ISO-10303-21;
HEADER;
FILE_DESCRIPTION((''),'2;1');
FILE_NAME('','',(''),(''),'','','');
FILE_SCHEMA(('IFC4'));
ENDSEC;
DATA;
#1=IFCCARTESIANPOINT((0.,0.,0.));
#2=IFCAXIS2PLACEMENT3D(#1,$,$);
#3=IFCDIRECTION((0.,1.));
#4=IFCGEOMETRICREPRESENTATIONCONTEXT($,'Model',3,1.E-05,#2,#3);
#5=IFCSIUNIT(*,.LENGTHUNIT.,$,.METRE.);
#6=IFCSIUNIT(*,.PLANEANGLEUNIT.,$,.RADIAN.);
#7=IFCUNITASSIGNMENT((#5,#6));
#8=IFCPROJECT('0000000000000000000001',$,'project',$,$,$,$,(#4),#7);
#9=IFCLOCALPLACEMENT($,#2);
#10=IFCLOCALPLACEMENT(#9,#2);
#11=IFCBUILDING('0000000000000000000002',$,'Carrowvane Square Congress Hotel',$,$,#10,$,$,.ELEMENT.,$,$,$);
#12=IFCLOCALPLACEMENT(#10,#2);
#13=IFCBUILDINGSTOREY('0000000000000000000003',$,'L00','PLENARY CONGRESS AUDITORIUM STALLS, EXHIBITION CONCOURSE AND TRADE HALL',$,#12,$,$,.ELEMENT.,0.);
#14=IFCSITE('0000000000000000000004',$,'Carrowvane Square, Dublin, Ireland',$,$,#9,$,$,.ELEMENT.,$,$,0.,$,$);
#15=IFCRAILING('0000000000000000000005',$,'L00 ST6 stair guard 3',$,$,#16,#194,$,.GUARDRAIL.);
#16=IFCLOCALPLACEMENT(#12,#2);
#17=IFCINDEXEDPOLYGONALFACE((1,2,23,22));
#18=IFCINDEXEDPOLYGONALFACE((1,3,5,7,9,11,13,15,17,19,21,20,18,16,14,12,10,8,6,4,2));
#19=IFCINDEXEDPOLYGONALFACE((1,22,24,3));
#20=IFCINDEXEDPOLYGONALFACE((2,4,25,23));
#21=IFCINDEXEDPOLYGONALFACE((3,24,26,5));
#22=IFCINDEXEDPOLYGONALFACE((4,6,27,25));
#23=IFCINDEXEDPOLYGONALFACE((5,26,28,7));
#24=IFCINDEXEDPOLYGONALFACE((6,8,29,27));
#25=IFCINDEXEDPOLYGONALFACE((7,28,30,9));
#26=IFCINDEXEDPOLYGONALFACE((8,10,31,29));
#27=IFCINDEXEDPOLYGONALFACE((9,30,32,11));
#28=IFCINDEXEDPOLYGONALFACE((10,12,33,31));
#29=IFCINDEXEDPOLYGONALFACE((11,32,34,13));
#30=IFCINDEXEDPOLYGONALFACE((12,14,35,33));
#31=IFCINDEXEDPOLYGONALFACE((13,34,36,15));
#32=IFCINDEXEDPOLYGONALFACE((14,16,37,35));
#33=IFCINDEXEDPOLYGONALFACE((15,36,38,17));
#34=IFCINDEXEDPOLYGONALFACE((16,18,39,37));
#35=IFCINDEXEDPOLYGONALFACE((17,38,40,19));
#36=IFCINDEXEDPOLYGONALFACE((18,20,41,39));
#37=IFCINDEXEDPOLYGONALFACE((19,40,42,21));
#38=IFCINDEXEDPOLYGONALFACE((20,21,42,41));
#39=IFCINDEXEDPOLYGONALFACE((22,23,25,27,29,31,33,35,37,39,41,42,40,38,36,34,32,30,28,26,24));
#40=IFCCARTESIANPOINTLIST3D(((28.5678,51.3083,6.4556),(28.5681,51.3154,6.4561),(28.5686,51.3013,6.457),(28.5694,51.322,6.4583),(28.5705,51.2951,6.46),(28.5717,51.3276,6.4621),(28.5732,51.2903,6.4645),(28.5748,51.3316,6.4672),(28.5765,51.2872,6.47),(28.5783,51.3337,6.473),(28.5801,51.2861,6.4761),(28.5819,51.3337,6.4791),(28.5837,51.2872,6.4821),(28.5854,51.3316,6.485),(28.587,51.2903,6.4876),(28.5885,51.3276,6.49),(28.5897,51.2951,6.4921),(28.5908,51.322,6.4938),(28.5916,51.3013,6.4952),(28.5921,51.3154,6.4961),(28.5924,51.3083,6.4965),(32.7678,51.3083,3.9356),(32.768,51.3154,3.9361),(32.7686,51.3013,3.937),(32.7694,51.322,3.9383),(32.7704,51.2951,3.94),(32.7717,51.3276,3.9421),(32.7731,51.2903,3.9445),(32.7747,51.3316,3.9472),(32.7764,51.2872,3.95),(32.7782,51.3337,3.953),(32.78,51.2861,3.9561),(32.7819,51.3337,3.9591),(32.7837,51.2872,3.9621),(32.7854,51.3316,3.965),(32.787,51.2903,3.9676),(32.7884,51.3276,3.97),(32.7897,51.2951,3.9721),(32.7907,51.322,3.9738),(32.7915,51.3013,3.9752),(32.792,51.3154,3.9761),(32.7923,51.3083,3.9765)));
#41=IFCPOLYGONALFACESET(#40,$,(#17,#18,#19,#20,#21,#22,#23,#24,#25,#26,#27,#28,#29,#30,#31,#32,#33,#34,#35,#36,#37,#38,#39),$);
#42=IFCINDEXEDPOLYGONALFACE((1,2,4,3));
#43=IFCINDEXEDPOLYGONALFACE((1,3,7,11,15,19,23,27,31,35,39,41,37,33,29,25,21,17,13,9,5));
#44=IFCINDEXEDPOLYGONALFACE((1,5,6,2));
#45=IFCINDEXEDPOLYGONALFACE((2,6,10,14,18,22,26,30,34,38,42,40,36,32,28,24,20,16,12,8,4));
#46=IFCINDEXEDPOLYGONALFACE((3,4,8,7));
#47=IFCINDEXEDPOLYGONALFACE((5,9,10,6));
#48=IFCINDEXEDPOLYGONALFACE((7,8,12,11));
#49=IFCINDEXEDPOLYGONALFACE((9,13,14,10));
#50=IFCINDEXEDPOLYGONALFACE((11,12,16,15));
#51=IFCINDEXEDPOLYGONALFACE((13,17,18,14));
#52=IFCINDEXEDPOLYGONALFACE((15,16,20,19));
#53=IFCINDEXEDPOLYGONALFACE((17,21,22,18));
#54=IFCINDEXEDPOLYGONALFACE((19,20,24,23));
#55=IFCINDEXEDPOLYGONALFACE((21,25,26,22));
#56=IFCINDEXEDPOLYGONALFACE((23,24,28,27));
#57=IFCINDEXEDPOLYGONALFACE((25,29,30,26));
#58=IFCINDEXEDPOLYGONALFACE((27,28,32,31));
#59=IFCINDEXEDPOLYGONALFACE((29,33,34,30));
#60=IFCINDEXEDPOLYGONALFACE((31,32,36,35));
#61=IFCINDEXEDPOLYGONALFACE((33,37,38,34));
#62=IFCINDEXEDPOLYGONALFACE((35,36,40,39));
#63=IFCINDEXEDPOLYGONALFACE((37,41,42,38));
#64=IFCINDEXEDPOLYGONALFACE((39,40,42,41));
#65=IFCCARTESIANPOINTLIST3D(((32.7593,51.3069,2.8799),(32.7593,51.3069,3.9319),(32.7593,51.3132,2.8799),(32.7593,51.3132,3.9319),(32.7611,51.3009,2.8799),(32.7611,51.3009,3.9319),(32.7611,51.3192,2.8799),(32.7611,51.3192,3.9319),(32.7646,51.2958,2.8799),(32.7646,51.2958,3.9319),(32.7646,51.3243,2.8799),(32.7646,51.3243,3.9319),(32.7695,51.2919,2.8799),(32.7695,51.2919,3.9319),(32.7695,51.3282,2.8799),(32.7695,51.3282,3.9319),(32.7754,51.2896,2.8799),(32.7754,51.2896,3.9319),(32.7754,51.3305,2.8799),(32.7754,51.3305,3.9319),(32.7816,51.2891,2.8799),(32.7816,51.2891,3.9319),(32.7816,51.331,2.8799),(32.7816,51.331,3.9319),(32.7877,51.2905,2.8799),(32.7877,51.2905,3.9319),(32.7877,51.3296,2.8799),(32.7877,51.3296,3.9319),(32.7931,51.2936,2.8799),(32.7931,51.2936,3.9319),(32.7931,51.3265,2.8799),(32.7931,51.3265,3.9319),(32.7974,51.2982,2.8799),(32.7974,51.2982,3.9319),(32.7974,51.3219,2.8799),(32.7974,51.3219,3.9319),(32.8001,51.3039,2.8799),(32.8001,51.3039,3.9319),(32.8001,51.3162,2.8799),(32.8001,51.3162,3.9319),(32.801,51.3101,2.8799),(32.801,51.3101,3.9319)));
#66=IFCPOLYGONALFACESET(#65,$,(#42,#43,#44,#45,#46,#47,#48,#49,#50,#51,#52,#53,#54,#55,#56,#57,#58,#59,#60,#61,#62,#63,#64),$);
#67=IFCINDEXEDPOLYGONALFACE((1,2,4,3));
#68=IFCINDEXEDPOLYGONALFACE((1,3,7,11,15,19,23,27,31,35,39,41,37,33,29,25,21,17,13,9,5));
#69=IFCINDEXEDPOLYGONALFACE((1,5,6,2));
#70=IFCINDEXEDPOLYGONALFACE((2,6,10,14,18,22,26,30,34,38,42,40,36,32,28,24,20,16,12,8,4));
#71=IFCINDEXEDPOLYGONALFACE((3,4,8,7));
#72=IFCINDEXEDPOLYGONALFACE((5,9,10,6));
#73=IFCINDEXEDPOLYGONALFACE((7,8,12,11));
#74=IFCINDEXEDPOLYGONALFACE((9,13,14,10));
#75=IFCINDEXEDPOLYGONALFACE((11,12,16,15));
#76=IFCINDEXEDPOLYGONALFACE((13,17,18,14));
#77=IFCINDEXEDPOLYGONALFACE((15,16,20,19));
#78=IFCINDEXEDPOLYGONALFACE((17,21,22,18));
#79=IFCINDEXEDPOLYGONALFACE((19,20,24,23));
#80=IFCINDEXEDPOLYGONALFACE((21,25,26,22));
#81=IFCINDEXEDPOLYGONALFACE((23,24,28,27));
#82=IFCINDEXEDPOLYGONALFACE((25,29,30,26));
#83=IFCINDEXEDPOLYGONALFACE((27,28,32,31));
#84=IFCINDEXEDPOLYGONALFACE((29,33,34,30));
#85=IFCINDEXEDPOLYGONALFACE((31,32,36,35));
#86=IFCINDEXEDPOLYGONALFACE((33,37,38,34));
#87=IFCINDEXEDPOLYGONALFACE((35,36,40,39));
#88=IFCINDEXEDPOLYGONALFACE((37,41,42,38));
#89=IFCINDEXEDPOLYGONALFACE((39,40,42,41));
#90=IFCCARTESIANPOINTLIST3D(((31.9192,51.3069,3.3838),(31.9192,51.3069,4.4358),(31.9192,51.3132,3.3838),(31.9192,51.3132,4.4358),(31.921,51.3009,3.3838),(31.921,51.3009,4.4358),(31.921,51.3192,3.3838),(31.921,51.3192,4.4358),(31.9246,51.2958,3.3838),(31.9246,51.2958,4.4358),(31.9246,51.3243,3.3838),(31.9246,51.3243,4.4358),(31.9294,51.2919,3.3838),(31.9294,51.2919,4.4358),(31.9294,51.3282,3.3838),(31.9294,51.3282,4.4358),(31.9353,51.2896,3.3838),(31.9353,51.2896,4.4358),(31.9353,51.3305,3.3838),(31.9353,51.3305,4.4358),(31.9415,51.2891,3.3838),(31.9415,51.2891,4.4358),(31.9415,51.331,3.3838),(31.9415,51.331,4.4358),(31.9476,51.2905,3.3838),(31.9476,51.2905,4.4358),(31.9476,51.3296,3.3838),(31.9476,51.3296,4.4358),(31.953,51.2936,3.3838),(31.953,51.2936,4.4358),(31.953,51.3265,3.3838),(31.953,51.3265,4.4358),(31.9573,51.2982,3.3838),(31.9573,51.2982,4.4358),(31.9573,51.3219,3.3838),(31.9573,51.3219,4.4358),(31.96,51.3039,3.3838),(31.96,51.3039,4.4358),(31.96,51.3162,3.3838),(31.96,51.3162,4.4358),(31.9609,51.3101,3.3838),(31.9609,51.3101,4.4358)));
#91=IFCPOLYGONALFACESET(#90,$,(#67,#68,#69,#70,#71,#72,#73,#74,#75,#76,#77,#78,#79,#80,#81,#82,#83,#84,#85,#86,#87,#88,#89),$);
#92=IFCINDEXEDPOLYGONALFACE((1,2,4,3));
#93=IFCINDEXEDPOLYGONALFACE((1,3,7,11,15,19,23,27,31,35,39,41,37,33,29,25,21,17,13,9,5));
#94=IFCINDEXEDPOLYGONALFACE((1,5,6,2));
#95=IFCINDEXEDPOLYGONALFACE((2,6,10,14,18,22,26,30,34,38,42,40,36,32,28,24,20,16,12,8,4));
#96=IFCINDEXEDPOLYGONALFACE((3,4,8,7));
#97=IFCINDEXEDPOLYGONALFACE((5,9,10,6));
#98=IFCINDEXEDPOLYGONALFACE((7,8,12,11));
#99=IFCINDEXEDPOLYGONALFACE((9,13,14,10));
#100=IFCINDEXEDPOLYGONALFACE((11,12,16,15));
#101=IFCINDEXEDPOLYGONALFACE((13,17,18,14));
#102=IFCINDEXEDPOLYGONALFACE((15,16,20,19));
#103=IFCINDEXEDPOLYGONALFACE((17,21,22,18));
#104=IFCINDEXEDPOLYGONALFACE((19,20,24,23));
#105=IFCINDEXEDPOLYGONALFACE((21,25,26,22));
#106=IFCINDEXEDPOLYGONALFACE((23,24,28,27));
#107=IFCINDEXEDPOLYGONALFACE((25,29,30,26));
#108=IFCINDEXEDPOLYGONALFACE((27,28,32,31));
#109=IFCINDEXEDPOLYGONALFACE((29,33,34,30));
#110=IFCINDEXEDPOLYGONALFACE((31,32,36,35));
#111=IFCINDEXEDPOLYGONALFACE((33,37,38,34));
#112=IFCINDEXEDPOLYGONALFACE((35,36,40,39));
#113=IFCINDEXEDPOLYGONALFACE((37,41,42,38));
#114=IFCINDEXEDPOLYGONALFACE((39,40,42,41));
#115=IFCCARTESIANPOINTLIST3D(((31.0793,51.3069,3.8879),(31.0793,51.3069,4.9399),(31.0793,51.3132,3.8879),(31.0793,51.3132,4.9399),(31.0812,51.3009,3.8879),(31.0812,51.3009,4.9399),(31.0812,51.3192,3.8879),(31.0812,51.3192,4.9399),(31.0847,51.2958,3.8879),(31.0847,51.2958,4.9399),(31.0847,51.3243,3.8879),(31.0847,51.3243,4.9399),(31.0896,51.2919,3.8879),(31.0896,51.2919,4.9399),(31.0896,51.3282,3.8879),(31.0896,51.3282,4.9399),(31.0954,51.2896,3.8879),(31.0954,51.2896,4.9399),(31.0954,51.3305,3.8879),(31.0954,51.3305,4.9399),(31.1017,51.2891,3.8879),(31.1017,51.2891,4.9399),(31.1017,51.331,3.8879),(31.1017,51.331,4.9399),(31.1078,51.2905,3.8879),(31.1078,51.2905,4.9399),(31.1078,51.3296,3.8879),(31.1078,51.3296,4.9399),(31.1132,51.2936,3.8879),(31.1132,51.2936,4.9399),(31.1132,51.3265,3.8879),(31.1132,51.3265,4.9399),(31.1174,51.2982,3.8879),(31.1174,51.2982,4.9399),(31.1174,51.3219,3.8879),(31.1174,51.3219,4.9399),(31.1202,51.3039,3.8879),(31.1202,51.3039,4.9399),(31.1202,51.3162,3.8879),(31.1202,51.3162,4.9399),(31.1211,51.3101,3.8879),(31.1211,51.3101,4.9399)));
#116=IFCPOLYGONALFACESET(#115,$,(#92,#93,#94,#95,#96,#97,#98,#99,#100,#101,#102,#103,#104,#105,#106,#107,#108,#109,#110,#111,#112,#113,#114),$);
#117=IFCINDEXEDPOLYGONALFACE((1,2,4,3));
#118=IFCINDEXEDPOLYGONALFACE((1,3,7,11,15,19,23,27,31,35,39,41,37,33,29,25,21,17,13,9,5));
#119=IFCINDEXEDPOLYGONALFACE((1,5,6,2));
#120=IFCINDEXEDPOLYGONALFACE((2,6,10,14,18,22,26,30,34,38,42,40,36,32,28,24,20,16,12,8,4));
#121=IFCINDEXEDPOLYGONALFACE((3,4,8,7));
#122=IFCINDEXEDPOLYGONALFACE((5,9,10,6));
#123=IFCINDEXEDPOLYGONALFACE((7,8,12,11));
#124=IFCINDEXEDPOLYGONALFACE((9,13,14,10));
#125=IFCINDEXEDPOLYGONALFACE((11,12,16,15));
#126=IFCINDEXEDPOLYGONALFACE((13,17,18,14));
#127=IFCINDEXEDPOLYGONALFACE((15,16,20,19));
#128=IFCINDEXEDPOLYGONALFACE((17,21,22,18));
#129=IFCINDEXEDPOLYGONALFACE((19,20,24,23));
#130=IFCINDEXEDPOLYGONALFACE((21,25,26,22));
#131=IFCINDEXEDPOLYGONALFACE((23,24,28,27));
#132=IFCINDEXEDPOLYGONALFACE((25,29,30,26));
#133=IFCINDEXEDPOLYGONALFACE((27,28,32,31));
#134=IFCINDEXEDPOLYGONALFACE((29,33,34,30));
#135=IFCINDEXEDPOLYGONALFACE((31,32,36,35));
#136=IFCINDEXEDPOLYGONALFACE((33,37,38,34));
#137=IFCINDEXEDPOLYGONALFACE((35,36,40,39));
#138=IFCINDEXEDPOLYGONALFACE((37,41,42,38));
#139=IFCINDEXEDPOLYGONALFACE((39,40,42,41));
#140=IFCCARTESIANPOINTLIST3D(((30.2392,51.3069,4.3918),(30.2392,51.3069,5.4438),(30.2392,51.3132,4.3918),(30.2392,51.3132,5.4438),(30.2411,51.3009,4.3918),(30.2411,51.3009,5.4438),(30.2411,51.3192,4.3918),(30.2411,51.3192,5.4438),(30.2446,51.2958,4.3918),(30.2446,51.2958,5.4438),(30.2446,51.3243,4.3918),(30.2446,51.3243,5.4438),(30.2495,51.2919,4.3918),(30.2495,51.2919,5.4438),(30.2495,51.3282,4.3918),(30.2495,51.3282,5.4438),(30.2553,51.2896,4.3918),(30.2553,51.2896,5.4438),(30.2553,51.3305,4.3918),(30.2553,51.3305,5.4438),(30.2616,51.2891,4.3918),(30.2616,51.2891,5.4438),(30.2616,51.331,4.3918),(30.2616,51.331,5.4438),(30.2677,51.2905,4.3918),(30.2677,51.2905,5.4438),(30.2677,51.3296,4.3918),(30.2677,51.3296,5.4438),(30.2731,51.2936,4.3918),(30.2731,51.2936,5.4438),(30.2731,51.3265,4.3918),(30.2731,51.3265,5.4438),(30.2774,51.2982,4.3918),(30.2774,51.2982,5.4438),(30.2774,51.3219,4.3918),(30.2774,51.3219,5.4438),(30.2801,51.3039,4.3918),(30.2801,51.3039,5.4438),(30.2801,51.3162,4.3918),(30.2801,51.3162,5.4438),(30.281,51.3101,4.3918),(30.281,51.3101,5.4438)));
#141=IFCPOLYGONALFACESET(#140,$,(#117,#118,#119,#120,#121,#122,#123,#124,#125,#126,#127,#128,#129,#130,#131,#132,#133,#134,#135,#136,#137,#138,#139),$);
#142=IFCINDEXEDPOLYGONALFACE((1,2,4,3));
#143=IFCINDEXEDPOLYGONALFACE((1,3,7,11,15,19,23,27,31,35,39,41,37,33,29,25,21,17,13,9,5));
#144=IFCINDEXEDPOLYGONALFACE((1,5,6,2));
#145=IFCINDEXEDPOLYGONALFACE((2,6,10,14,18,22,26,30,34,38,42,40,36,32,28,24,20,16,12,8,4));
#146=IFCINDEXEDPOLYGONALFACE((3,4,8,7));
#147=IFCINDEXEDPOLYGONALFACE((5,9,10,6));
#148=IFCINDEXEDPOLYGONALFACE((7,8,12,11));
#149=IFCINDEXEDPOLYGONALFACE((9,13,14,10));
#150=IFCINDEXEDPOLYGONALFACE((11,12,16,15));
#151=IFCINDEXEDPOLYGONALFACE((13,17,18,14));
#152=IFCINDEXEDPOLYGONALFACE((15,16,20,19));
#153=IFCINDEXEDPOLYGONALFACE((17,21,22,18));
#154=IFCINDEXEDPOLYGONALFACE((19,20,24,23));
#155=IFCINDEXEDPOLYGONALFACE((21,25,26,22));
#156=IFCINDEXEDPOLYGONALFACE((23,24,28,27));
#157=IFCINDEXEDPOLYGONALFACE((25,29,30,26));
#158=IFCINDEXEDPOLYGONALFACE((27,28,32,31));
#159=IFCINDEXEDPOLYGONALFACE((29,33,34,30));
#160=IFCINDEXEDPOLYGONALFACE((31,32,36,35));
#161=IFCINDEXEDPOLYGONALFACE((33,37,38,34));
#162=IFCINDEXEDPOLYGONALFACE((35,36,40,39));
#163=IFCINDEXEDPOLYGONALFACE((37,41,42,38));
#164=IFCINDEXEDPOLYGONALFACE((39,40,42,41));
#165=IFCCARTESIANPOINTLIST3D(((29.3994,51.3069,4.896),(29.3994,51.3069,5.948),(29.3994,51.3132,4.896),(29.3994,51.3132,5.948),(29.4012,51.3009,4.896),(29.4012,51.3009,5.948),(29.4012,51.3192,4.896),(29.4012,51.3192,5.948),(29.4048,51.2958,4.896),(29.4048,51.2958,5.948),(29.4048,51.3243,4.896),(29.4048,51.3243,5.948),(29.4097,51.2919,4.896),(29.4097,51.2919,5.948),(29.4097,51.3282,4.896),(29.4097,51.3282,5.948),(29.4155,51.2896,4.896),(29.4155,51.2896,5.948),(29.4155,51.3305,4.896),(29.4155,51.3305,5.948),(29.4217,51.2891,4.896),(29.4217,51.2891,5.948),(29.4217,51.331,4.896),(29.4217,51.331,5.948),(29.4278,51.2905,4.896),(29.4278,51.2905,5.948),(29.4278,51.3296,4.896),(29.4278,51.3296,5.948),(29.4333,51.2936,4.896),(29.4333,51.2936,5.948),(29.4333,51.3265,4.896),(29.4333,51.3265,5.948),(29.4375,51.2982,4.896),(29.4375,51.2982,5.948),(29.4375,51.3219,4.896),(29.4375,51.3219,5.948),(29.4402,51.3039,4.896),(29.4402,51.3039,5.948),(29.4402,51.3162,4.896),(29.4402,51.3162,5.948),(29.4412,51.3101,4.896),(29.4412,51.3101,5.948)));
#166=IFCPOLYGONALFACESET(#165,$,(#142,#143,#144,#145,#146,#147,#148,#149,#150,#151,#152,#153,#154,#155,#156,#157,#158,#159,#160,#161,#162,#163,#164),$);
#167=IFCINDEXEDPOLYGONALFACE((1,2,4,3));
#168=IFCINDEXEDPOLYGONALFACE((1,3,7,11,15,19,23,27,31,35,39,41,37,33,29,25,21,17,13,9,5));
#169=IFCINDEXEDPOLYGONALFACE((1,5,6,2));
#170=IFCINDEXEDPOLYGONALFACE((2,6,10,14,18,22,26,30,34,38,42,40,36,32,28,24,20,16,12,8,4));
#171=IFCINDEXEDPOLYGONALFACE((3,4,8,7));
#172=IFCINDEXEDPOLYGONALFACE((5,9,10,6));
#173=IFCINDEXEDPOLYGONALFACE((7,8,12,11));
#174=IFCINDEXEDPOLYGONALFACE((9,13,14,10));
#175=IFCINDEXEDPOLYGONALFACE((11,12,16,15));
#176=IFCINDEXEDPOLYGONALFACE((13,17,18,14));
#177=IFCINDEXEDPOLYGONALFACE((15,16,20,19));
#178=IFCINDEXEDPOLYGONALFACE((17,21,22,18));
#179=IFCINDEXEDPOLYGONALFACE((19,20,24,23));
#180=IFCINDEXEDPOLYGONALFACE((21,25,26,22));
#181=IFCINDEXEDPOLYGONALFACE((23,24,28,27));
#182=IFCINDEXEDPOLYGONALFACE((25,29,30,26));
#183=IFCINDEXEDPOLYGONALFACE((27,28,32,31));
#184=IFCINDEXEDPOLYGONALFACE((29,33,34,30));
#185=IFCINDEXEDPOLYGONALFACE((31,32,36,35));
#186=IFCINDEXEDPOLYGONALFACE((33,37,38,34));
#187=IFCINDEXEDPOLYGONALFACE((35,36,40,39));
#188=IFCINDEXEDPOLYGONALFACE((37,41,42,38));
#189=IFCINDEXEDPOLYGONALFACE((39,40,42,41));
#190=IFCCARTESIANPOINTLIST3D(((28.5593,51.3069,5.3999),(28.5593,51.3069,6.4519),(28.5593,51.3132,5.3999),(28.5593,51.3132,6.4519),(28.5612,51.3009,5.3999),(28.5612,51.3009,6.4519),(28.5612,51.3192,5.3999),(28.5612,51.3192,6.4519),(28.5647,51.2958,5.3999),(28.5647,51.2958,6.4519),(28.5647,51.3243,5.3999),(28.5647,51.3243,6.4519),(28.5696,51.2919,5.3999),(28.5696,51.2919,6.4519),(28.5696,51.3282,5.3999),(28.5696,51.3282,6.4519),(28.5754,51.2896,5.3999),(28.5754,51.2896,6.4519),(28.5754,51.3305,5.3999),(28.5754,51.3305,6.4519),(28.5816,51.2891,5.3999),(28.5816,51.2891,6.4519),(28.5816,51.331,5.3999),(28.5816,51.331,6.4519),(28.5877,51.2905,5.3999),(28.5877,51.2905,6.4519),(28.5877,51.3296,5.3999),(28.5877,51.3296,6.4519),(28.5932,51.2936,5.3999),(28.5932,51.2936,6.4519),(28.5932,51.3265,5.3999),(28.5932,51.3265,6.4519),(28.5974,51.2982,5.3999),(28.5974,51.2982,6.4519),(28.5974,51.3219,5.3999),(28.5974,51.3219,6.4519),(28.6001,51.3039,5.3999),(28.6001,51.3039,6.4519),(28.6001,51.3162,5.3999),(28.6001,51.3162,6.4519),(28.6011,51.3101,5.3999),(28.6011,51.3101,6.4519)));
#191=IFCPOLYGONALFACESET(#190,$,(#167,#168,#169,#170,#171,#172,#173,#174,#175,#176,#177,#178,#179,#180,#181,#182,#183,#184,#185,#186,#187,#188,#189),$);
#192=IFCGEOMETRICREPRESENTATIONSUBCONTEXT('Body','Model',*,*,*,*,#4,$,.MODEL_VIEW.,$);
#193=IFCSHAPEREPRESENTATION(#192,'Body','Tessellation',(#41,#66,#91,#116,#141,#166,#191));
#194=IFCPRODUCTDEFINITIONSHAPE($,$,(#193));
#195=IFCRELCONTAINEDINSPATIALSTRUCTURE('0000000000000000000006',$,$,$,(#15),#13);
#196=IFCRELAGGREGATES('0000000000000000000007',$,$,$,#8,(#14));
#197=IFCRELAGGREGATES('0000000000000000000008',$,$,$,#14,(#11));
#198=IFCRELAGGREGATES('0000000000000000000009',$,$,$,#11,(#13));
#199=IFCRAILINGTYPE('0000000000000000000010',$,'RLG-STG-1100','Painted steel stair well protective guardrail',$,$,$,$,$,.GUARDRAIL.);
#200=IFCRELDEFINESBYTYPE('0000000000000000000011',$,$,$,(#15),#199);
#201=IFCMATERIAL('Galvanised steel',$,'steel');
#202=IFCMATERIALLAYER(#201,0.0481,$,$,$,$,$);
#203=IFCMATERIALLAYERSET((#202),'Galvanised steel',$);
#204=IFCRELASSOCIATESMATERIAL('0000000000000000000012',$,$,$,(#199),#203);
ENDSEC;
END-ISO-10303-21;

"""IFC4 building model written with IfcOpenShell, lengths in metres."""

from ifc_helpers import new_model, si_unit, direction, frame, origin, origin_2d, place, context, subcontext, project, spatial, circle, extrude, material, layer, layer_set, type_object, element, save


model = new_model("IFC4")

# Units and contexts
model_context = context("Model", 3, precision=1e-05, world=origin(), true_north=direction((0.0, 1.0)))
body_context = subcontext(model_context, "Body", "Model", "MODEL_VIEW")
ifc_project = project(units=[si_unit("LENGTHUNIT", "METRE"), si_unit("PLANEANGLEUNIT", "RADIAN")], contexts=[model_context])

# Site, building, storey
site_placement = place(None, origin())
site = spatial("IfcSite", under=ifc_project, at=site_placement, Name="Carrowvane Square, Dublin, Ireland", CompositionType="ELEMENT", RefElevation=0.0)
building_placement = place(site_placement, origin())
building = spatial("IfcBuilding", under=site, at=building_placement, Name="Carrowvane Square Congress Hotel", CompositionType="ELEMENT")
storey_placement = place(building_placement, origin())
storey = spatial("IfcBuildingStorey", under=building, at=storey_placement, Name="L00", Description="PLENARY CONGRESS AUDITORIUM STALLS, EXHIBITION CONCOURSE AND TRADE HALL", CompositionType="ELEMENT", Elevation=0.0)

# Railing
ifc_material_1 = material(Name="Galvanised steel", Category="steel")
ifc_layer_1 = layer(ifc_material_1, 0.0481)
ifc_layer_set_1 = layer_set([ifc_layer_1], Name="Galvanised steel")
railing_type_1 = type_object("IfcRailingType", Name="RLG-STG-1100", Description="Painted steel stair well protective guardrail", PredefinedType="GUARDRAIL", material=ifc_layer_set_1)
railing_1_placement = place(storey_placement, frame((32.78, 51.3101, 2.8799)))
element("IfcRailing", 1, at=railing_1_placement, inside=storey, type_object=railing_type_1, Name="L00 ST6 stair guard 3", PredefinedType="GUARDRAIL", context=body_context, shape_type="SweptSolid", body=[
    extrude(circle(Radius=0.0239, at=origin_2d()), frame((0.0, 0.0, 1.0762), z_axis=(-0.857489, 0.0, 0.514503), x_axis=(0.0, -1.0, 0.0)), (0.0, 0.0, 1.0), 4.8979),
    extrude(circle(Radius=0.021, at=origin_2d()), origin(), (0.0, 0.0, 1.0), 1.052),
    extrude(circle(Radius=0.021, at=origin_2d()), frame((-0.8401, 0.0, 0.5039)), (0.0, 0.0, 1.0), 1.052),
    extrude(circle(Radius=0.021, at=origin_2d()), frame((-1.6799, 0.0, 1.0081)), (0.0, 0.0, 1.0), 1.052),
    extrude(circle(Radius=0.021, at=origin_2d()), frame((-2.52, 0.0, 1.512)), (0.0, 0.0, 1.0), 1.052),
    extrude(circle(Radius=0.021, at=origin_2d()), frame((-3.3599, 0.0, 2.0161)), (0.0, 0.0, 1.0), 1.052),
    extrude(circle(Radius=0.021, at=origin_2d()), frame((-4.2, 0.0, 2.52)), (0.0, 0.0, 1.0), 1.052),
])

save(model, "model.ifc")
